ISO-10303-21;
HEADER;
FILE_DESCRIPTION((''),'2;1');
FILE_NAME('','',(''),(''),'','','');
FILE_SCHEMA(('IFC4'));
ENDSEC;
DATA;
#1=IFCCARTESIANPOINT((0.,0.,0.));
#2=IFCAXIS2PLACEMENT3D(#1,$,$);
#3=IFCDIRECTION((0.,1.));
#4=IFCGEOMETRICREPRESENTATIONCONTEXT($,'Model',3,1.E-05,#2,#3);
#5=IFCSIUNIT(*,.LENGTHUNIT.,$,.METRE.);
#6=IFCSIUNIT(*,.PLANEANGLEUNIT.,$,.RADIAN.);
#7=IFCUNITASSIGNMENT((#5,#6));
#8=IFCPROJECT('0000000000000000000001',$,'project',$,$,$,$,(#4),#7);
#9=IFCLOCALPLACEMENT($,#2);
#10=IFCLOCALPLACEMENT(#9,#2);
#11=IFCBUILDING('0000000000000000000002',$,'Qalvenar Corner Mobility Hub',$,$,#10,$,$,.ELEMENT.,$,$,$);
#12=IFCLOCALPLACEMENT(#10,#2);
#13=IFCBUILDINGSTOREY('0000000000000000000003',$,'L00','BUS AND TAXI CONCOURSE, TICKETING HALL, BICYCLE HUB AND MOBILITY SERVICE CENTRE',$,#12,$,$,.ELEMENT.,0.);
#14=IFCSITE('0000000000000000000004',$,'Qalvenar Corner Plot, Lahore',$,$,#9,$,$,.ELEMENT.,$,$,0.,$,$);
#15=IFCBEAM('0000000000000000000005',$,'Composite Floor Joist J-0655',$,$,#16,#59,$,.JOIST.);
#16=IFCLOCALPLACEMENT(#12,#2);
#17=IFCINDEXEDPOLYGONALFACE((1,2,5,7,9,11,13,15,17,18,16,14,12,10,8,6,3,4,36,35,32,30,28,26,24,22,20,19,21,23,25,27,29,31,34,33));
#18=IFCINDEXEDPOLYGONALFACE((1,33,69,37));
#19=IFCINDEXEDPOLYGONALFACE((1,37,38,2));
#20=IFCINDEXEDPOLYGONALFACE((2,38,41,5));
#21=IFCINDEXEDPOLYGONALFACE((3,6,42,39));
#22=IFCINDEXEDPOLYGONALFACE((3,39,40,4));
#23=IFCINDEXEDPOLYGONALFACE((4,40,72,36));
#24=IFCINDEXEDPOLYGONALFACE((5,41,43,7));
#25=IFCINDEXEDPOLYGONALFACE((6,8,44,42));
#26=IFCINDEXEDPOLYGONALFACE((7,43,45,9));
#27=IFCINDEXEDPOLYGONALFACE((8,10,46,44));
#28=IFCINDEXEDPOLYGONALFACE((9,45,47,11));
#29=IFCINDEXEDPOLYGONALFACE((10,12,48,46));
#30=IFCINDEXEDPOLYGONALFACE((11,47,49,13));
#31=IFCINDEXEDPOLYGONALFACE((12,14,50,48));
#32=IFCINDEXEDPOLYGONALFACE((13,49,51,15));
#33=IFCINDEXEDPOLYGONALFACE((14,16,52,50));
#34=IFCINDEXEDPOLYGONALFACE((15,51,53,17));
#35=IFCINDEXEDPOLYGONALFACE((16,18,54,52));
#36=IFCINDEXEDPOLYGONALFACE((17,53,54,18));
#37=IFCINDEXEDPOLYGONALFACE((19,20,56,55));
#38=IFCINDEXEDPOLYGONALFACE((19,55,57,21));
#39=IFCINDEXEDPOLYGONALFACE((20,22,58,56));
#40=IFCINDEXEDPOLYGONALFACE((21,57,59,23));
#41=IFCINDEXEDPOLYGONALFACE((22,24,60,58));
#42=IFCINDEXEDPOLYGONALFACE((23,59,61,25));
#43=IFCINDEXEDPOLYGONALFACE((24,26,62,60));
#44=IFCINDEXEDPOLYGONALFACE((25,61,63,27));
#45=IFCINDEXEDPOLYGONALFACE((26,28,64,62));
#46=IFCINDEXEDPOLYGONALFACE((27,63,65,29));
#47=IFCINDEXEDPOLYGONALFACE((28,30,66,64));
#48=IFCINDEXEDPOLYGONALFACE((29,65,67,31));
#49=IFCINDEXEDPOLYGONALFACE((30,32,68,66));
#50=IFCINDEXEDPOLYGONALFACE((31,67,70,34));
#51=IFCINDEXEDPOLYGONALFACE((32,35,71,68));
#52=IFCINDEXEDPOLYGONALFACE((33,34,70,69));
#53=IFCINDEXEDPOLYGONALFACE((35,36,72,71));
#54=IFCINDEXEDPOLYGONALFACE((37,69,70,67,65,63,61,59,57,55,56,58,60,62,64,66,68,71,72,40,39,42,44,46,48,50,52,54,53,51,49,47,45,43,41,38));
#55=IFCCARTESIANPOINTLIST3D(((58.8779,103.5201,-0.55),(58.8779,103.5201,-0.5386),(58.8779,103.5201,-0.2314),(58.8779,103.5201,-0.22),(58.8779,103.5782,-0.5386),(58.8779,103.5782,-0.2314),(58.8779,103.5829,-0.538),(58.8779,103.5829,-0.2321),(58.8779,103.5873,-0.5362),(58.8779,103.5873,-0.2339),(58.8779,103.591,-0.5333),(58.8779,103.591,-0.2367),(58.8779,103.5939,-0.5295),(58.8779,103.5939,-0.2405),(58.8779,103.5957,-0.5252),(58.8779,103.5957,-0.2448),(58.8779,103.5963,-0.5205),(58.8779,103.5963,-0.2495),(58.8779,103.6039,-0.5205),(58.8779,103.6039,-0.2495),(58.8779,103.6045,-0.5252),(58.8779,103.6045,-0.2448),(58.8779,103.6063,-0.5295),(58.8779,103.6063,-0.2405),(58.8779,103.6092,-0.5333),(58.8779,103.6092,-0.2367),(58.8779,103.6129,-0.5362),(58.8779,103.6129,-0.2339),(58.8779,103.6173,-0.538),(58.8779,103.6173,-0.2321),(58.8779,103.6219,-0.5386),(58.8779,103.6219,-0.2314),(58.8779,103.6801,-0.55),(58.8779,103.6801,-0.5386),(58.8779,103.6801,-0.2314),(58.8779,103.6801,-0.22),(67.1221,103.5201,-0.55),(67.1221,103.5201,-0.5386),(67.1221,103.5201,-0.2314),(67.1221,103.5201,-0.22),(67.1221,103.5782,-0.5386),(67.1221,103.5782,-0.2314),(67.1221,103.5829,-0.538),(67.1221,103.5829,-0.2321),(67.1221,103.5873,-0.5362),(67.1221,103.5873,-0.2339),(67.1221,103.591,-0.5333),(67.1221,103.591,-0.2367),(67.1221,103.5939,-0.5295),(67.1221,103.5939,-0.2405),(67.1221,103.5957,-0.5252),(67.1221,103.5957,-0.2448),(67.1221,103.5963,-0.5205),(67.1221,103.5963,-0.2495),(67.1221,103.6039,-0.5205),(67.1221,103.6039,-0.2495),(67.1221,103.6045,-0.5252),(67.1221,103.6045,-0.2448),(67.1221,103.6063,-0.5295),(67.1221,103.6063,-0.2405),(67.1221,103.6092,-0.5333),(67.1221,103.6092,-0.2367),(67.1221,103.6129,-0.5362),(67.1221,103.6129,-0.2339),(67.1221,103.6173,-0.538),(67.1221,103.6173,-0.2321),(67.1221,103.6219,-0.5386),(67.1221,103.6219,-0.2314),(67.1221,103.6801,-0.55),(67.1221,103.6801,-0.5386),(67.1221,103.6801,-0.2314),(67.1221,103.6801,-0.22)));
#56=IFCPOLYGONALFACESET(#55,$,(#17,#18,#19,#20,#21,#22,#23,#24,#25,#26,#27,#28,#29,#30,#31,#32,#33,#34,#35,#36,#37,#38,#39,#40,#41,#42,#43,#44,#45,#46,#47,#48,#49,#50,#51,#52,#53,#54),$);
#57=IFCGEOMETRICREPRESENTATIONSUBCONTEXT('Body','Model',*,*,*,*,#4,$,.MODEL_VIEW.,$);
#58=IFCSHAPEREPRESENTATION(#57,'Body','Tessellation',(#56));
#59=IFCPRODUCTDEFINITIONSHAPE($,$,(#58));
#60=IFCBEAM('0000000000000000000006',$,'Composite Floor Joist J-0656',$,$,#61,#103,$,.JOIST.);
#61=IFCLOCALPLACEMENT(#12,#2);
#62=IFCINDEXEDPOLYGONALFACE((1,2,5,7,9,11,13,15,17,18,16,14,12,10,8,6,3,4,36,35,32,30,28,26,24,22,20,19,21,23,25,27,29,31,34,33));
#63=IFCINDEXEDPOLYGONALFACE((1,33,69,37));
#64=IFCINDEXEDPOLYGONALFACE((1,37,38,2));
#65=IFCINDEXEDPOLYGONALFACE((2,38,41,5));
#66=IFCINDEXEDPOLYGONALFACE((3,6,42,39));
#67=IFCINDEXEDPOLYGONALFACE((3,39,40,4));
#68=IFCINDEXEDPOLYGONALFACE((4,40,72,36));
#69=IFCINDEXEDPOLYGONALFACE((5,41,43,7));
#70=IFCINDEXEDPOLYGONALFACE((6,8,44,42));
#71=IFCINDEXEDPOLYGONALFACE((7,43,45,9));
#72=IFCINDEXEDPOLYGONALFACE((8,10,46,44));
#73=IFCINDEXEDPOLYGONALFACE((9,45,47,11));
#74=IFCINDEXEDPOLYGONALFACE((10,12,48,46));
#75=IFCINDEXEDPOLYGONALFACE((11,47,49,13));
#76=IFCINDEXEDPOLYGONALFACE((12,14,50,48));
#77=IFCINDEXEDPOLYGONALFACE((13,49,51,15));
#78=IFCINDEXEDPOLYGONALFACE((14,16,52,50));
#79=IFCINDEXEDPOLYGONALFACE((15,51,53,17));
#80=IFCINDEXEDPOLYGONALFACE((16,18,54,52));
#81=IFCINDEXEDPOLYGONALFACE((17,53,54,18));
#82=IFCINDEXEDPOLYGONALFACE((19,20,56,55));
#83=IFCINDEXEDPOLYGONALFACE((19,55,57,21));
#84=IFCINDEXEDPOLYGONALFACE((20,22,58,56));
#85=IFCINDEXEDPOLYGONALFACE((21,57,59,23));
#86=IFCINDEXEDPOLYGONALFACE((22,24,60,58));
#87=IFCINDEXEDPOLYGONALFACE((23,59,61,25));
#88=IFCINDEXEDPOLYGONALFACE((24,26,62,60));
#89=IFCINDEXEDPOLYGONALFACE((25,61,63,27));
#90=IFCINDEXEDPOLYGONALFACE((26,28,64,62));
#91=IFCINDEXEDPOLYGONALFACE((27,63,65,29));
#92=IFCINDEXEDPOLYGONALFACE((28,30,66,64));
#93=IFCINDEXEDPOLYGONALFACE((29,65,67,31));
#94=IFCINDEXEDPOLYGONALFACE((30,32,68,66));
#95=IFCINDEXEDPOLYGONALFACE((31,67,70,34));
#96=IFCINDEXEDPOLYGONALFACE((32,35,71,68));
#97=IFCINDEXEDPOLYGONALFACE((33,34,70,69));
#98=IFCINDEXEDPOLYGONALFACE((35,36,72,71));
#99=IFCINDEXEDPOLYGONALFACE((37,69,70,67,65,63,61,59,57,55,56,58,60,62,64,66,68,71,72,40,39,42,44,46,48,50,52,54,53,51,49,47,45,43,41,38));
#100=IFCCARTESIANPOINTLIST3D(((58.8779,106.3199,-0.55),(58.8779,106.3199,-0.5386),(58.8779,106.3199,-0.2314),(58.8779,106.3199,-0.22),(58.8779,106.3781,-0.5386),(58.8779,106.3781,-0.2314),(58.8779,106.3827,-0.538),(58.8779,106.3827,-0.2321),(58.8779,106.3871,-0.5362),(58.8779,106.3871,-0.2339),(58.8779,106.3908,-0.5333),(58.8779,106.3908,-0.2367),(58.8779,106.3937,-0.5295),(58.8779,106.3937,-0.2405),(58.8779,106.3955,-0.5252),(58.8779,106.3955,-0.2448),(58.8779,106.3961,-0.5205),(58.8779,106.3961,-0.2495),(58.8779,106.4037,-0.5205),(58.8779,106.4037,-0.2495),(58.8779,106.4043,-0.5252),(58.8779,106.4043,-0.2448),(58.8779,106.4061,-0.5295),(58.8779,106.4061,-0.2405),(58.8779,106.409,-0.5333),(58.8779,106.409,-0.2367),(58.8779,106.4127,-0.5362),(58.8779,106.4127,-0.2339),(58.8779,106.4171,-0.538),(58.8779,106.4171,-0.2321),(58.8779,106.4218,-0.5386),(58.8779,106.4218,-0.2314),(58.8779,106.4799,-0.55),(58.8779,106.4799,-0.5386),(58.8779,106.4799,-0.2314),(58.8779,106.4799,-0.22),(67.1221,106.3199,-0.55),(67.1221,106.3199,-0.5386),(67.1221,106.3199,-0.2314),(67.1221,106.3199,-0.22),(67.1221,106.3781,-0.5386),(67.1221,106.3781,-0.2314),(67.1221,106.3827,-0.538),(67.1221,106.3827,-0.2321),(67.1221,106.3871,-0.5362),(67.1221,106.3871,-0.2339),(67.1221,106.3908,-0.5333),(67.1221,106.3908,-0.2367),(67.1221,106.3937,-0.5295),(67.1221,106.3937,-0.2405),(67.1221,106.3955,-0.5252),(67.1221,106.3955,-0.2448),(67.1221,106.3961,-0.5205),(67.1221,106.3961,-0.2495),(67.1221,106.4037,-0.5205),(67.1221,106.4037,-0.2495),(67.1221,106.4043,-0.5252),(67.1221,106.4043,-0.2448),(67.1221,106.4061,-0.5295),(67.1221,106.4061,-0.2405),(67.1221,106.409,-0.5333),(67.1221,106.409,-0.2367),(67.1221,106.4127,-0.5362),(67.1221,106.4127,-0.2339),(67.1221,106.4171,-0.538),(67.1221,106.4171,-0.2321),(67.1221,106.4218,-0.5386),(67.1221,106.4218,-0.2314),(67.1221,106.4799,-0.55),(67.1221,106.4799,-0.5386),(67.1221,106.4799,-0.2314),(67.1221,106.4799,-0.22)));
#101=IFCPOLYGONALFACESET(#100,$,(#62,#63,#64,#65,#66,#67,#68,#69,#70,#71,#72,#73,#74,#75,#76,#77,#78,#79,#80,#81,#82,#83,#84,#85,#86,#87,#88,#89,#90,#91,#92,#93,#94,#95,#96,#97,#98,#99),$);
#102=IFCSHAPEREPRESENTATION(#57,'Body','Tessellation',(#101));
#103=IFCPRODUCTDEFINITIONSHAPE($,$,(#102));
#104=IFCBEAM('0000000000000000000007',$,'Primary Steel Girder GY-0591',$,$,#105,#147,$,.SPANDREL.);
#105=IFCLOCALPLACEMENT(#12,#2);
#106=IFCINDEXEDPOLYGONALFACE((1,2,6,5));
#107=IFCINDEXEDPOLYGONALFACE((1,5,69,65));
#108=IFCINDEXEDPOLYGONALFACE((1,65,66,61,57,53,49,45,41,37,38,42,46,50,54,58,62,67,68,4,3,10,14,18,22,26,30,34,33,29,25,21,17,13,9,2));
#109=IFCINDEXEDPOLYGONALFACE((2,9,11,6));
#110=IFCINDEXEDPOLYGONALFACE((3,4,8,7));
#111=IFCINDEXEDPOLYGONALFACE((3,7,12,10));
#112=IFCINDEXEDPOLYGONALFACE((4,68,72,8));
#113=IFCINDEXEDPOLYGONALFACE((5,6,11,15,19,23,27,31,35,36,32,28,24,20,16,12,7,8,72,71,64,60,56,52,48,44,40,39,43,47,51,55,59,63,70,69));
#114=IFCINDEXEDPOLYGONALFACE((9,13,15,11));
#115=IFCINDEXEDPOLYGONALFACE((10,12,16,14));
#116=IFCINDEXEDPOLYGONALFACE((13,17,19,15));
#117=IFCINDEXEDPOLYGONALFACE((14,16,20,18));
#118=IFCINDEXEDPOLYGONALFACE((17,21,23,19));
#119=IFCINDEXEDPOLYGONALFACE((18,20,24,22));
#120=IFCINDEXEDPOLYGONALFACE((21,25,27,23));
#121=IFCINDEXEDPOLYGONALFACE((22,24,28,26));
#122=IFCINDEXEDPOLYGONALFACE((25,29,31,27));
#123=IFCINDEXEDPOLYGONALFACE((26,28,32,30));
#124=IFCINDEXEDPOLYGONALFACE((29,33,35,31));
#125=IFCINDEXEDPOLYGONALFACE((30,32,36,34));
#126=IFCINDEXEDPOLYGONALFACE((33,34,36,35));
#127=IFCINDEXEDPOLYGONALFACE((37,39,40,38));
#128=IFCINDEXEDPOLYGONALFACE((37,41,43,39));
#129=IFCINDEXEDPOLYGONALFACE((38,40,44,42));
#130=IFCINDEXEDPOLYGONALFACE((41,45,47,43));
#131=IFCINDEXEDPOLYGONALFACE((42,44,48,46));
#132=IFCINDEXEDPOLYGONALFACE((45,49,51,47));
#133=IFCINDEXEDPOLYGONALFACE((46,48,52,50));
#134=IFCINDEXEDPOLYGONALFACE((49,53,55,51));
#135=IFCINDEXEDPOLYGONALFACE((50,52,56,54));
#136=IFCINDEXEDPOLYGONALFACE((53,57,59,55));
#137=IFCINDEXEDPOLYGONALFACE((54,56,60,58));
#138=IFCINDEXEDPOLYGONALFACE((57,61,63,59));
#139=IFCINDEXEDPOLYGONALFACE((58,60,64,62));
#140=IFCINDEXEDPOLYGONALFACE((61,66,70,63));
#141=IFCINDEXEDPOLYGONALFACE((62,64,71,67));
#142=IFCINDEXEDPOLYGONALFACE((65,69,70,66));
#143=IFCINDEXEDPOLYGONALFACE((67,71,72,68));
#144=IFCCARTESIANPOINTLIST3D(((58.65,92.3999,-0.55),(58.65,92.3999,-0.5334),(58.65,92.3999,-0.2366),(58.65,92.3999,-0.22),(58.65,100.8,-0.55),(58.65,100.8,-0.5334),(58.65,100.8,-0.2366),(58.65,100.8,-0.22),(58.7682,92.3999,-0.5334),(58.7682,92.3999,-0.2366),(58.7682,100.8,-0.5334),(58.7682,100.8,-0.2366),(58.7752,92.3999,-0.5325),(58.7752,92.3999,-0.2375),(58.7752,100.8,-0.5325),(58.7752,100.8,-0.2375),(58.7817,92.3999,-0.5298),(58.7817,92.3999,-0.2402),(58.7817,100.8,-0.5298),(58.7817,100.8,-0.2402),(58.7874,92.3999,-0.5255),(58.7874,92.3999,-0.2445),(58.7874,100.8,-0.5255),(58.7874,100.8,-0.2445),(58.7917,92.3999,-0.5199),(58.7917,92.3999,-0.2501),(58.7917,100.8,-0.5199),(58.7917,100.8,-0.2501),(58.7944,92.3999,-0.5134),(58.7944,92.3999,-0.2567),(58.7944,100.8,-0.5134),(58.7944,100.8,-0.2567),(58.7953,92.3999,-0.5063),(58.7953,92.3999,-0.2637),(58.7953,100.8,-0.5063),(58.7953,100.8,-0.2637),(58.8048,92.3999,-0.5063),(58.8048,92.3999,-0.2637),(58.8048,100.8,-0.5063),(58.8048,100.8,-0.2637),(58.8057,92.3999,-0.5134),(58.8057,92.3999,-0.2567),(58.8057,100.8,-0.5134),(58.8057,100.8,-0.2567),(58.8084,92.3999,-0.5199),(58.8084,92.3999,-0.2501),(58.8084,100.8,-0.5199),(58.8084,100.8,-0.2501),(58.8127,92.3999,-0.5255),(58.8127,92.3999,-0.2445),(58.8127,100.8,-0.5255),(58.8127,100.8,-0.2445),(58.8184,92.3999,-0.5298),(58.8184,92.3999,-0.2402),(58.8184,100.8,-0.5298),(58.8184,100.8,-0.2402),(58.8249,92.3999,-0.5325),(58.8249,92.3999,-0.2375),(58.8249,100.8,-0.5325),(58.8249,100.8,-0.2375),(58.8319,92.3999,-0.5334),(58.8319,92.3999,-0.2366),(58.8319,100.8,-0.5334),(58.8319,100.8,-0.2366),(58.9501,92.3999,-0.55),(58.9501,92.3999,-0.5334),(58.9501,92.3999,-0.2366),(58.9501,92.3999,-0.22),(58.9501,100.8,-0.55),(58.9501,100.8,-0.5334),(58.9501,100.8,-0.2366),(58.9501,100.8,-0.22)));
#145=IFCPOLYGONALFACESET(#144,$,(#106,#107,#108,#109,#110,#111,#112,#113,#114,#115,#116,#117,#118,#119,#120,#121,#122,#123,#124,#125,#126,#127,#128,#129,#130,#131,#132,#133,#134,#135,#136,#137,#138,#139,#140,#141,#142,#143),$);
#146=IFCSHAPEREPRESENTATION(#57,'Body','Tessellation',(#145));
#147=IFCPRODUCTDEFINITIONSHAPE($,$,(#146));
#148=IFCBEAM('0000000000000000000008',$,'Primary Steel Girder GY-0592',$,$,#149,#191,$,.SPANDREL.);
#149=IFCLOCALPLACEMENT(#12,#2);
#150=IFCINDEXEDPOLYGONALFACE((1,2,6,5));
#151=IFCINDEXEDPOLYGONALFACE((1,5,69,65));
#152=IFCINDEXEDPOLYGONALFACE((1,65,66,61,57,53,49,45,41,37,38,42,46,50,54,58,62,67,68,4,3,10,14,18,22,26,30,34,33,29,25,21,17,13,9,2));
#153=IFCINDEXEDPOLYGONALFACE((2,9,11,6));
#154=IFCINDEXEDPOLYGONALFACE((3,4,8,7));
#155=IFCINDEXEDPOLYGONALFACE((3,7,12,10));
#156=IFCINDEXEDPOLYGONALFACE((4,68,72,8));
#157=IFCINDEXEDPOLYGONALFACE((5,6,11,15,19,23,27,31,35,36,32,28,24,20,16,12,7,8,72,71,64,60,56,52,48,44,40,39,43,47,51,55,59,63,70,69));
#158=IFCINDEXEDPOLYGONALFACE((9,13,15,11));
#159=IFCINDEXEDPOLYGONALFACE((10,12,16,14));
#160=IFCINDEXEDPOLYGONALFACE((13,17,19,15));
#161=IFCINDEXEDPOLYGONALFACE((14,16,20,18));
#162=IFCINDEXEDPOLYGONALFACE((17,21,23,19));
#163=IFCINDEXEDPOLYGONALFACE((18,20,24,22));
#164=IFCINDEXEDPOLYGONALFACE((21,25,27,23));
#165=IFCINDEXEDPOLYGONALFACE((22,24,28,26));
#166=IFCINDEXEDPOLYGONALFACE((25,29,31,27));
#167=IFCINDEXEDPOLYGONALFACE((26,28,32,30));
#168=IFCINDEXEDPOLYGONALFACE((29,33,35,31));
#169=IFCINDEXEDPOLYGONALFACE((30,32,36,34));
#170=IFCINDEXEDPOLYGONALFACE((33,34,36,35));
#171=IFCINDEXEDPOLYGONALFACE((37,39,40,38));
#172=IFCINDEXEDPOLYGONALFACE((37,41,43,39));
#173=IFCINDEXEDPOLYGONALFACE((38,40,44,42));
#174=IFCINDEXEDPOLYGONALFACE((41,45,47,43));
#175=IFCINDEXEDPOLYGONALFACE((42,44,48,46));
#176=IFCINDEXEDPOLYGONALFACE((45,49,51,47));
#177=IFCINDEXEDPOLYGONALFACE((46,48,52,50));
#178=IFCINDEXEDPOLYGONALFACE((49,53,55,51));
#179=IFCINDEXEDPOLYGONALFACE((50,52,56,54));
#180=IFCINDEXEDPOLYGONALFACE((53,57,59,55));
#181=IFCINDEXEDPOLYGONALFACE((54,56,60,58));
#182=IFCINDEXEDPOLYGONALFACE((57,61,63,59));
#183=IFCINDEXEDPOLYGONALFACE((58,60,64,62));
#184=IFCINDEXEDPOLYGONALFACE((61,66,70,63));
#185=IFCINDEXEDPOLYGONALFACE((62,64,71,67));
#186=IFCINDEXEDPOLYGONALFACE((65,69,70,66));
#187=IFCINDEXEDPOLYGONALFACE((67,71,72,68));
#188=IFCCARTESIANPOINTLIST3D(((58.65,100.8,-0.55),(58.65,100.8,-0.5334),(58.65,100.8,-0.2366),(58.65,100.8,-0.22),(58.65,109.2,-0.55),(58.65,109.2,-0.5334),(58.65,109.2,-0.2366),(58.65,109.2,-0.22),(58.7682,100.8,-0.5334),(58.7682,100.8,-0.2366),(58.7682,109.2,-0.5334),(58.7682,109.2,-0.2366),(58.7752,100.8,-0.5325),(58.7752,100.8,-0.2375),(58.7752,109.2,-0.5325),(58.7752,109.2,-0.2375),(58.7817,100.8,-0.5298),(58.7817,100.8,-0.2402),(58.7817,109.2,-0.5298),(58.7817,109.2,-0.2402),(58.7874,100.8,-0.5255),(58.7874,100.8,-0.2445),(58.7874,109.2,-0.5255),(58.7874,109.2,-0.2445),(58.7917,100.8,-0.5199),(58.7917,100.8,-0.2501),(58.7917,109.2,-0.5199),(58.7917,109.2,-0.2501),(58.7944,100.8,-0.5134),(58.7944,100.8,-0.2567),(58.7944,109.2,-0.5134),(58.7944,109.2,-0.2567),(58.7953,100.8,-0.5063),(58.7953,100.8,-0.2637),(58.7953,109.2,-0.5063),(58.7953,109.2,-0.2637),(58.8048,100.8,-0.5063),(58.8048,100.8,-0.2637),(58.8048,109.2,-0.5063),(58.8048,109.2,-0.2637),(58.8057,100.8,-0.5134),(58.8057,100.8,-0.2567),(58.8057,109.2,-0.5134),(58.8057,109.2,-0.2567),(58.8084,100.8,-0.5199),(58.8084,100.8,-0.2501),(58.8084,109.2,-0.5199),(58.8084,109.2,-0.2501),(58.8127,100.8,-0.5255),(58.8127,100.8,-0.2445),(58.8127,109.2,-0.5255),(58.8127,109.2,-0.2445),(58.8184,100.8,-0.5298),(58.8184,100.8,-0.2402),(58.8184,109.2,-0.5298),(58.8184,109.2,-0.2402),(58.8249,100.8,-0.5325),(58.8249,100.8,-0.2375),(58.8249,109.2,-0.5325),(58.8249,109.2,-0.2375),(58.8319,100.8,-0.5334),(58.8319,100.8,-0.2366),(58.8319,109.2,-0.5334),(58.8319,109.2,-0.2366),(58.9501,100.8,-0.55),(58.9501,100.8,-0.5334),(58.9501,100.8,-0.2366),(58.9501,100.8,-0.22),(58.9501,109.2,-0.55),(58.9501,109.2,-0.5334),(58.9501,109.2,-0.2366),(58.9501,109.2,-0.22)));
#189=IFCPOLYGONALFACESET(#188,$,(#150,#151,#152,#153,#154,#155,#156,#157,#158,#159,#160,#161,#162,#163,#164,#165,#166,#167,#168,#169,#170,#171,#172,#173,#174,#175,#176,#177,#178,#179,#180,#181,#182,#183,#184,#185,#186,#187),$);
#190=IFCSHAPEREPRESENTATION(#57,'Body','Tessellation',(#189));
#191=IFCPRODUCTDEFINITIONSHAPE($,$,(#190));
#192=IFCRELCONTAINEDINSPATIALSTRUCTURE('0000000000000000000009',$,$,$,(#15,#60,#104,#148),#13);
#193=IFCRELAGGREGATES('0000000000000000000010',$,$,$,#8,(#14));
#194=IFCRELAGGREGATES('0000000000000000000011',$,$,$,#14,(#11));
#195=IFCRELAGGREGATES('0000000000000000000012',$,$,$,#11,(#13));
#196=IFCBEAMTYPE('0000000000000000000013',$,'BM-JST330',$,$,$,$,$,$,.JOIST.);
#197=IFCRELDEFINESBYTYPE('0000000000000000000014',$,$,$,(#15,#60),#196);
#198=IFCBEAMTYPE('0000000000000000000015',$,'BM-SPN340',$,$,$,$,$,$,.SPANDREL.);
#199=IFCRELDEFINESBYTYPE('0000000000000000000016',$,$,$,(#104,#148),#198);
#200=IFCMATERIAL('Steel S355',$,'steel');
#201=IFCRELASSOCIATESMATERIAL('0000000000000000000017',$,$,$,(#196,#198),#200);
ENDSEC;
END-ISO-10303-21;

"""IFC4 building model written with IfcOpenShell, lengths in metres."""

from ifc_helpers import new_model, si_unit, direction, frame, origin, origin_2d, place, context, subcontext, project, spatial, i_section, extrude, material, material_profile, profile_set, type_object, element, save


model = new_model("IFC4")

# Units and contexts
model_context = context("Model", 3, precision=1e-05, world=origin(), true_north=direction((0.0, 1.0)))
body_context = subcontext(model_context, "Body", "Model", "MODEL_VIEW")
ifc_project = project(units=[si_unit("LENGTHUNIT", "METRE"), si_unit("PLANEANGLEUNIT", "RADIAN")], contexts=[model_context])

# Site, building, storey
site_placement = place(None, origin())
site = spatial("IfcSite", under=ifc_project, at=site_placement, Name="Qalvenar Corner Plot, Lahore", CompositionType="ELEMENT", RefElevation=0.0)
building_placement = place(site_placement, origin())
building = spatial("IfcBuilding", under=site, at=building_placement, Name="Qalvenar Corner Mobility Hub", CompositionType="ELEMENT")
storey_placement = place(building_placement, origin())
storey = spatial("IfcBuildingStorey", under=building, at=storey_placement, Name="L00", Description="BUS AND TAXI CONCOURSE, TICKETING HALL, BICYCLE HUB AND MOBILITY SERVICE CENTRE", CompositionType="ELEMENT", Elevation=0.0)

# Shared definitions
ifc_material_1 = material(Name="Steel S355", Category="steel")

# Beams
ifc_material_profile_1 = material_profile(ifc_material_1, i_section(OverallWidth=0.1599, OverallDepth=0.3301, WebThickness=0.0076, FlangeThickness=0.0115, FilletRadius=0.0181, at=origin_2d()), Name="IPE330")
ifc_profile_set_1 = profile_set([ifc_material_profile_1], Name="Steel S355")
beam_type_1 = type_object("IfcBeamType", Name="BM-JST330", PredefinedType="JOIST", material=ifc_profile_set_1)
for number, where, z_axis, x_axis, name in (
    (1, (58.8779, 103.6001, -0.385), (1.0, 0.0, 0.0), (0.0, 1.0, 0.0), "Composite Floor Joist J-0655"),
    (2, (58.8779, 106.3999, -0.385), (1.0, 0.0, 0.0), (0.0, 1.0, 0.0), "Composite Floor Joist J-0656"),
):
    element("IfcBeam", number, at=place(storey_placement, frame(where, z_axis=z_axis, x_axis=x_axis)), inside=storey, type_object=beam_type_1, Name=name, PredefinedType="JOIST", context=body_context, shape_type="SweptSolid", body=[
        extrude(i_section(OverallWidth=0.1599, OverallDepth=0.3301, WebThickness=0.0076, FlangeThickness=0.0115, FilletRadius=0.0181, at=origin_2d()), origin(), (0.0, 0.0, 1.0), 8.2441),
    ])
ifc_material_profile_2 = material_profile(ifc_material_1, i_section(OverallWidth=0.3, OverallDepth=0.3301, WebThickness=0.0095, FlangeThickness=0.0166, FilletRadius=0.0271, at=origin_2d()), Name="HEA340")
ifc_profile_set_2 = profile_set([ifc_material_profile_2], Name="Steel S355")
beam_type_2 = type_object("IfcBeamType", Name="BM-SPN340", PredefinedType="SPANDREL", material=ifc_profile_set_2)
beam_1_placement = place(storey_placement, frame((58.8, 92.3999, -0.385), z_axis=(0.0, 1.0, 0.0), x_axis=(-1.0, 0.0, 0.0)))
element("IfcBeam", 3, at=beam_1_placement, inside=storey, type_object=beam_type_2, Name="Primary Steel Girder GY-0591", PredefinedType="SPANDREL", context=body_context, shape_type="SweptSolid", body=[
    extrude(i_section(OverallWidth=0.3, OverallDepth=0.3301, WebThickness=0.0095, FlangeThickness=0.0166, FilletRadius=0.0271, at=origin_2d()), origin(), (0.0, 0.0, 1.0), 8.4001),
])
beam_2_placement = place(storey_placement, frame((58.8, 100.8, -0.385), z_axis=(0.0, 1.0, 0.0), x_axis=(-1.0, 0.0, 0.0)))
element("IfcBeam", 4, at=beam_2_placement, inside=storey, type_object=beam_type_2, Name="Primary Steel Girder GY-0592", PredefinedType="SPANDREL", context=body_context, shape_type="SweptSolid", body=[
    extrude(i_section(OverallWidth=0.3, OverallDepth=0.3301, WebThickness=0.0095, FlangeThickness=0.0166, FilletRadius=0.0271, at=origin_2d()), origin(), (0.0, 0.0, 1.0), 8.3999),
])

save(model, "model.ifc")
